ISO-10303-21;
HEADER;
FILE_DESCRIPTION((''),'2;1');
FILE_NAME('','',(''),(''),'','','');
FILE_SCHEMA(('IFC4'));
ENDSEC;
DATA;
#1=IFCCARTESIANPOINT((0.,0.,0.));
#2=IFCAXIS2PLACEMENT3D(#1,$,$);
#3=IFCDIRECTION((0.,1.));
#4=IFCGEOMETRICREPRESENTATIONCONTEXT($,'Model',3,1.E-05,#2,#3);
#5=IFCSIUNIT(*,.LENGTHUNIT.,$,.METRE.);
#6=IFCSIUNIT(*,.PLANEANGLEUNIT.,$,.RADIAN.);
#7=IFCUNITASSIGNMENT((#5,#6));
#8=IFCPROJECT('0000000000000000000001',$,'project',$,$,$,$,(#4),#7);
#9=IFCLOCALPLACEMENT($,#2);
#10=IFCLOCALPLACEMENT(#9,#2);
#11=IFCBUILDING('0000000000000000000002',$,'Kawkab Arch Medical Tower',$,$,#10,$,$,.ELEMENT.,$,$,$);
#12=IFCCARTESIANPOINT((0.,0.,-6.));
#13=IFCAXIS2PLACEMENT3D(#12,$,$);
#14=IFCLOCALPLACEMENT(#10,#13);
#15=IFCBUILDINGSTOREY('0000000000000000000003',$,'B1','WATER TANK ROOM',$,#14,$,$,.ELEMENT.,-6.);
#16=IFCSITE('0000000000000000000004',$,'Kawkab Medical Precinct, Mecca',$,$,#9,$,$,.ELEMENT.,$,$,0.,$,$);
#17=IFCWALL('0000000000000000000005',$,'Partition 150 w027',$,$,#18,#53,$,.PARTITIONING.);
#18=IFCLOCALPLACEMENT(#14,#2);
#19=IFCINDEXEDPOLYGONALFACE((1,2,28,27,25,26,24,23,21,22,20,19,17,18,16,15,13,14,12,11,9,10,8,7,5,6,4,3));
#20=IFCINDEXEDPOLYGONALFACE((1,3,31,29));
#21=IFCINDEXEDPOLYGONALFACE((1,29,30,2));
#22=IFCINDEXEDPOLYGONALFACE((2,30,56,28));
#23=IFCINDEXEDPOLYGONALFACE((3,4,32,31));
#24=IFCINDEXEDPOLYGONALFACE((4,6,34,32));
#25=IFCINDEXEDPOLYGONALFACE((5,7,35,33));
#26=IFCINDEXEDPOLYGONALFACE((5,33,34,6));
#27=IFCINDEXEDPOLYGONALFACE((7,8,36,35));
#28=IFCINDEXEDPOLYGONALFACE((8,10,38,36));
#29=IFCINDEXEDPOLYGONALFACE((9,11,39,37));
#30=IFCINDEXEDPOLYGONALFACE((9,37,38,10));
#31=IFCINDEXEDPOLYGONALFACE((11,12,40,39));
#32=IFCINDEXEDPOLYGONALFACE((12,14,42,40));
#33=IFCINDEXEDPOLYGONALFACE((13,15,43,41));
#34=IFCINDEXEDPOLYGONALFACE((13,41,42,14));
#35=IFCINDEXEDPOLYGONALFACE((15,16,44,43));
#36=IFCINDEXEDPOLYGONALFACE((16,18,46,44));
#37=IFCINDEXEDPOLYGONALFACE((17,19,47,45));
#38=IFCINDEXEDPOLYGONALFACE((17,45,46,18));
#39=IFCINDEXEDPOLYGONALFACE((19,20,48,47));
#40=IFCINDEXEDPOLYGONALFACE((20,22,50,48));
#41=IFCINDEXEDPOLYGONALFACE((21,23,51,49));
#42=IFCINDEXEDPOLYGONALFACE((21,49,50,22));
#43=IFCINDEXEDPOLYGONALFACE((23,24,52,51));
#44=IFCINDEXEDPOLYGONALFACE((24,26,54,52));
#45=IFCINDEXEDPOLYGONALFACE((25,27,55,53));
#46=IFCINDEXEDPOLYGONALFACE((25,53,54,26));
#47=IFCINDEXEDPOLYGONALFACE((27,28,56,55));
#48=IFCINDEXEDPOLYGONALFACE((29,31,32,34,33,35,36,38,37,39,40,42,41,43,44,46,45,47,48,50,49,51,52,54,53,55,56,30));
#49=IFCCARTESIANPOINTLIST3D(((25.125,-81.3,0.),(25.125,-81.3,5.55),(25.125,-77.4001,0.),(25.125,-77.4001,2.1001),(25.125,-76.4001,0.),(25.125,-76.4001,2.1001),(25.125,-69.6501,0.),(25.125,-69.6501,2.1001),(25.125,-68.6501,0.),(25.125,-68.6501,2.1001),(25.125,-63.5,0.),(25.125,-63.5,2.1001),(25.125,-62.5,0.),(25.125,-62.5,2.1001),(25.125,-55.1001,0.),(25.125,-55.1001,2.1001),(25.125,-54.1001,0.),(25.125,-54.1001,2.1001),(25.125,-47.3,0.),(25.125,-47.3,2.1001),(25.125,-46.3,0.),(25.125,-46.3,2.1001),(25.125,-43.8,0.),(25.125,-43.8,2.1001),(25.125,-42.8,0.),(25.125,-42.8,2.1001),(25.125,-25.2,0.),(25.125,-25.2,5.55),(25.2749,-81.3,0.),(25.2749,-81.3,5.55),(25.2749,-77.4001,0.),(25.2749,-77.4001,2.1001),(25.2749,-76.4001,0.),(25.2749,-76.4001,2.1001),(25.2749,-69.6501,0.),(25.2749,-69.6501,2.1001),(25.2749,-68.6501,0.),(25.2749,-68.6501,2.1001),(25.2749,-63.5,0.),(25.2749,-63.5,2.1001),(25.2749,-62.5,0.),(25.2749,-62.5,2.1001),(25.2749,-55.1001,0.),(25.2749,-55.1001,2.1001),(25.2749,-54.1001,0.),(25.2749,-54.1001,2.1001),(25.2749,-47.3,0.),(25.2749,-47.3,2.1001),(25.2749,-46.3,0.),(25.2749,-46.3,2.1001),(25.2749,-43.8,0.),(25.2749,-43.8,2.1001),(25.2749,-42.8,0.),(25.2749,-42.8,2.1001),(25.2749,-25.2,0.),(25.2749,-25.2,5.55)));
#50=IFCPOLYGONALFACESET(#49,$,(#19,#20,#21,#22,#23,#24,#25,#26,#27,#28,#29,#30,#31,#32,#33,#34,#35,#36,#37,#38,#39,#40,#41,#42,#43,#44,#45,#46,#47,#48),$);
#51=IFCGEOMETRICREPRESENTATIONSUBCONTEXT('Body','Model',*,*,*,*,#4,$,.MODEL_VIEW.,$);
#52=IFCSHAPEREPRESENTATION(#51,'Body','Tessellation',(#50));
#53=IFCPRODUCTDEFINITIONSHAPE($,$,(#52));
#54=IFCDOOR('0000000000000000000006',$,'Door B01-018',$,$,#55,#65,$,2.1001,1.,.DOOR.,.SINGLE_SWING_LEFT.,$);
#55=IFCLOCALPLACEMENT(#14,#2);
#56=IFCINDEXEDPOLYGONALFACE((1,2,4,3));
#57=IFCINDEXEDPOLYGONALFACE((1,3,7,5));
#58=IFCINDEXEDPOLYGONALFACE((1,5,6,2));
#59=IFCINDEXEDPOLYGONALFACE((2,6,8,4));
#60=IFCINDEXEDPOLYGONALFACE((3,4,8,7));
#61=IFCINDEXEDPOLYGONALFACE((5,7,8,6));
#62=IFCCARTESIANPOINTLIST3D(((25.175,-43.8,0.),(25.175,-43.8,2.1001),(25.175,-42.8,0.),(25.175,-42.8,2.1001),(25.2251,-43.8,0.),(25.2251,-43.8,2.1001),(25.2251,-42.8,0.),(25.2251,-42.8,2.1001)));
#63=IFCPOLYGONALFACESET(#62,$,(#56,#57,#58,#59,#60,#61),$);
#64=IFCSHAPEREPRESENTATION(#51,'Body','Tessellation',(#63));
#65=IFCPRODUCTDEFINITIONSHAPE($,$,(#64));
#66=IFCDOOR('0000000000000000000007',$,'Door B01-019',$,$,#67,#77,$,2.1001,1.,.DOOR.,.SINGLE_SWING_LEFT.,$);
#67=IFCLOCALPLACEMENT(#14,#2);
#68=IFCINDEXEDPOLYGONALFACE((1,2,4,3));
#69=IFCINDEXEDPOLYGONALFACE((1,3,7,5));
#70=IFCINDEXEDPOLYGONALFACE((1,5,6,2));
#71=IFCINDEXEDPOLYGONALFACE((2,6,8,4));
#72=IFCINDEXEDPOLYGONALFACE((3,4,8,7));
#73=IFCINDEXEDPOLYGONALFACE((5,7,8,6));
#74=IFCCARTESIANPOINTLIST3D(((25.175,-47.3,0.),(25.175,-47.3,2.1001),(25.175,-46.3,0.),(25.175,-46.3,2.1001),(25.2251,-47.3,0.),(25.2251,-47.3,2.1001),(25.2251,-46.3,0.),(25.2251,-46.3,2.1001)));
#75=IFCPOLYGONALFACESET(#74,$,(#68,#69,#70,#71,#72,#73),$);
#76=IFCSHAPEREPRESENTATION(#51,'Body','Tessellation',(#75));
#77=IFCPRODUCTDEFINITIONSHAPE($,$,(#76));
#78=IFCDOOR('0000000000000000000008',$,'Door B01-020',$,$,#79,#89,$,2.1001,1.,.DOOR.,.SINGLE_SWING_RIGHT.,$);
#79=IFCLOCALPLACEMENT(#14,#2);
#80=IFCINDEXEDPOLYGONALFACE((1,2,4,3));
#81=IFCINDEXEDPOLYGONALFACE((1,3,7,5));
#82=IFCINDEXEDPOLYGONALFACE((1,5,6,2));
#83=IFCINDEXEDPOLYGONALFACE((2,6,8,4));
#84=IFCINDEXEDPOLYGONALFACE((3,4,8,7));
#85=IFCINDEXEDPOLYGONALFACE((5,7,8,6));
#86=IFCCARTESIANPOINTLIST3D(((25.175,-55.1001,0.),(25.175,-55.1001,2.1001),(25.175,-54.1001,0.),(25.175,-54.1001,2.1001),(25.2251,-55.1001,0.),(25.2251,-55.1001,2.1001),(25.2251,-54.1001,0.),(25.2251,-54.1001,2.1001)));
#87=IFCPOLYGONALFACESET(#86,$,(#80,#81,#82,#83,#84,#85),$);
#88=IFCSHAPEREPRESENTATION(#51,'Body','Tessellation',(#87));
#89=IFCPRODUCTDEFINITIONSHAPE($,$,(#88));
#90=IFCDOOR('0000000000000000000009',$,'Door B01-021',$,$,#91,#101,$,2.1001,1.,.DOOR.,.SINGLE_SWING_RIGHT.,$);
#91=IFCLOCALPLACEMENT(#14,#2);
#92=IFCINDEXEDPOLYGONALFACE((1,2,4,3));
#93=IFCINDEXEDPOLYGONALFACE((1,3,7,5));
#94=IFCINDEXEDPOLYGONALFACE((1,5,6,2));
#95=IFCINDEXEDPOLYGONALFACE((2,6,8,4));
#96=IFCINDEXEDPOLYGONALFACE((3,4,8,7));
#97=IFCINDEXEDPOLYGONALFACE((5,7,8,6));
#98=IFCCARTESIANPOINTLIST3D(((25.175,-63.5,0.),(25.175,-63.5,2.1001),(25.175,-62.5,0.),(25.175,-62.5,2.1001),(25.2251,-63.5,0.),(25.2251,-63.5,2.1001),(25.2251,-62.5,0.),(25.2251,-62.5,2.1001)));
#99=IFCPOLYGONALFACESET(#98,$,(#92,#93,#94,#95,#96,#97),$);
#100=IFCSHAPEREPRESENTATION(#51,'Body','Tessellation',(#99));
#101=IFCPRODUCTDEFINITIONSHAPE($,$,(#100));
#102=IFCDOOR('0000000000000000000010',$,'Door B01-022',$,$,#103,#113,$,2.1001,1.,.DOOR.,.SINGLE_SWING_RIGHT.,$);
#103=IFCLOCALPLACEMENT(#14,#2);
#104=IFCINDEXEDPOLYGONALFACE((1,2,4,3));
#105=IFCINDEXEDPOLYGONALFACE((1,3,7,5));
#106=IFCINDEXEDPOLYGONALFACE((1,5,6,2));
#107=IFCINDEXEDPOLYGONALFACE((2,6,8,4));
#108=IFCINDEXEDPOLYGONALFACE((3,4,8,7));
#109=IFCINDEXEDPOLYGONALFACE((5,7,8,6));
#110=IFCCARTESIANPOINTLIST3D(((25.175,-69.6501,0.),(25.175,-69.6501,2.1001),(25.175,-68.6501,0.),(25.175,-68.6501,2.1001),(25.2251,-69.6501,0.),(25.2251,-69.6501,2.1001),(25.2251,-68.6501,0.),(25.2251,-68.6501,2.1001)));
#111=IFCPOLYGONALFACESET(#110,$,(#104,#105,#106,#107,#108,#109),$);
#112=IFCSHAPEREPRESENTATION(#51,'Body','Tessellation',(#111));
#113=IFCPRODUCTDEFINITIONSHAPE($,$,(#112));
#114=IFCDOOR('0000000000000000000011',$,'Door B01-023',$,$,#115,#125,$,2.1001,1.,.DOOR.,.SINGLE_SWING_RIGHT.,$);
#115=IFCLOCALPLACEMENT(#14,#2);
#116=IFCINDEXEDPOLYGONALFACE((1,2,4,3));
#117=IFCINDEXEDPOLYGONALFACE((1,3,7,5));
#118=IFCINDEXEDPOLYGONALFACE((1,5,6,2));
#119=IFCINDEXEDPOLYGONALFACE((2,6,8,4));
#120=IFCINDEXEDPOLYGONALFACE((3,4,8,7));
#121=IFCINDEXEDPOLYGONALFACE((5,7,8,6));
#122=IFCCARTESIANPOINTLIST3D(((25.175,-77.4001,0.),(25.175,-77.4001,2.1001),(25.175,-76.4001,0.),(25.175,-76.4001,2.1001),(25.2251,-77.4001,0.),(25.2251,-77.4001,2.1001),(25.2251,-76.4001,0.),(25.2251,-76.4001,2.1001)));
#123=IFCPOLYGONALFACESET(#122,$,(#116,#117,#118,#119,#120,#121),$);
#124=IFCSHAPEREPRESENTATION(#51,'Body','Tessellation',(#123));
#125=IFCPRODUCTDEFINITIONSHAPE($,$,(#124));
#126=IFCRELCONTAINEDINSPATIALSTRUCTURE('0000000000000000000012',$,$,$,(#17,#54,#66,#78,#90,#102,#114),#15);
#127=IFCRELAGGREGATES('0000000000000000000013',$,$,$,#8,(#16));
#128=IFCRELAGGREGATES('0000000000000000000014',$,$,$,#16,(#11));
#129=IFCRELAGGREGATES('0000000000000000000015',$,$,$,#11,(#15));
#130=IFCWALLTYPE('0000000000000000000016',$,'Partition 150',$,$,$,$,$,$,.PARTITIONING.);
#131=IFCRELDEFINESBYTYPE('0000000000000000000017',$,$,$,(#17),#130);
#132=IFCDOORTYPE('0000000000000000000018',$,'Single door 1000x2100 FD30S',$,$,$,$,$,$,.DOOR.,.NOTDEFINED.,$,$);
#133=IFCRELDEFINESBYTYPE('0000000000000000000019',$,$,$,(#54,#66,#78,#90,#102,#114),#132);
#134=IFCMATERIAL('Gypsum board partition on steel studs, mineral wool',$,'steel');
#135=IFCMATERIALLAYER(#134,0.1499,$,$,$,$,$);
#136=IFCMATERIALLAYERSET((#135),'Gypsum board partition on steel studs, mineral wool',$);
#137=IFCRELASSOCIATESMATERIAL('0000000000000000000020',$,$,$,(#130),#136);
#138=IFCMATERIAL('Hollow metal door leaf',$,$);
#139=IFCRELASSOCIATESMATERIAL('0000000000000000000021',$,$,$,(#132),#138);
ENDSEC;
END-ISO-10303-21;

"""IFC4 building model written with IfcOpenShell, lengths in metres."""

from ifc_helpers import new_model, si_unit, direction, frame, frame_2d, origin, place, context, subcontext, project, spatial, rectangle, extrude, material, layer, layer_set, type_object, element, fill, save


model = new_model("IFC4")

# Units and contexts
model_context = context("Model", 3, precision=1e-05, world=origin(), true_north=direction((0.0, 1.0)))
body_context = subcontext(model_context, "Body", "Model", "MODEL_VIEW")
ifc_project = project(units=[si_unit("LENGTHUNIT", "METRE"), si_unit("PLANEANGLEUNIT", "RADIAN")], contexts=[model_context])

# Site, building, storey
site_placement = place(None, origin())
site = spatial("IfcSite", under=ifc_project, at=site_placement, Name="Kawkab Medical Precinct, Mecca", CompositionType="ELEMENT", RefElevation=0.0)
building_placement = place(site_placement, origin())
building = spatial("IfcBuilding", under=site, at=building_placement, Name="Kawkab Arch Medical Tower", CompositionType="ELEMENT")
storey_placement = place(building_placement, frame((0.0, 0.0, -6.0)))
storey = spatial("IfcBuildingStorey", under=building, at=storey_placement, Name="B1", Description="WATER TANK ROOM", CompositionType="ELEMENT", Elevation=-6.0)

# Shared definitions
ifc_material_1 = material(Name="Gypsum board partition on steel studs, mineral wool", Category="steel")
ifc_layer_1 = layer(ifc_material_1, 0.1499)
ifc_layer_set_1 = layer_set([ifc_layer_1], Name="Gypsum board partition on steel studs, mineral wool")
wall_type_1 = type_object("IfcWallType", Name="Partition 150", PredefinedType="PARTITIONING", material=ifc_layer_set_1)

# Wall, openings, doors
wall_1_placement = place(storey_placement, frame((25.2, -81.3, 0.0), z_axis=(0.0, 0.0, 1.0), x_axis=(0.0, 1.0, 0.0)))
wall_1 = element("IfcWall", 1, at=wall_1_placement, inside=storey, type_object=wall_type_1, Name="Partition 150 w027", PredefinedType="PARTITIONING", context=body_context, shape_type="SweptSolid", body=[
    extrude(rectangle(XDim=56.1001, YDim=0.1499, at=frame_2d((28.05, 0.0))), origin(), (0.0, 0.0, 1.0), 5.55),
])
opening_1_placement = place(wall_1_placement, frame((37.5, 0.0, 0.0)))
opening_1 = element("IfcOpeningElement", 2, at=opening_1_placement, cuts=wall_1, PredefinedType="OPENING", context=body_context, shape_type="SweptSolid", body=[
    extrude(rectangle(XDim=1.0, YDim=2.1001, at=frame_2d((0.5, 1.05))), frame((0.0, 0.085, 0.0), z_axis=(0.0, -1.0, 0.0), x_axis=(1.0, 0.0, 0.0)), (0.0, 0.0, 1.0), 0.1699),
])
opening_2_placement = place(wall_1_placement, frame((34.0, 0.0, 0.0)))
opening_2 = element("IfcOpeningElement", 3, at=opening_2_placement, cuts=wall_1, PredefinedType="OPENING", context=body_context, shape_type="SweptSolid", body=[
    extrude(rectangle(XDim=1.0, YDim=2.1001, at=frame_2d((0.5, 1.05))), frame((0.0, 0.085, 0.0), z_axis=(0.0, -1.0, 0.0), x_axis=(1.0, 0.0, 0.0)), (0.0, 0.0, 1.0), 0.1699),
])
opening_3_placement = place(wall_1_placement, frame((26.2, 0.0, 0.0)))
opening_3 = element("IfcOpeningElement", 4, at=opening_3_placement, cuts=wall_1, PredefinedType="OPENING", context=body_context, shape_type="SweptSolid", body=[
    extrude(rectangle(XDim=1.0, YDim=2.1001, at=frame_2d((0.5, 1.05))), frame((0.0, 0.085, 0.0), z_axis=(0.0, -1.0, 0.0), x_axis=(1.0, 0.0, 0.0)), (0.0, 0.0, 1.0), 0.1699),
])
opening_4_placement = place(wall_1_placement, frame((17.8, 0.0, 0.0)))
opening_4 = element("IfcOpeningElement", 5, at=opening_4_placement, cuts=wall_1, PredefinedType="OPENING", context=body_context, shape_type="SweptSolid", body=[
    extrude(rectangle(XDim=1.0, YDim=2.1001, at=frame_2d((0.5, 1.05))), frame((0.0, 0.085, 0.0), z_axis=(0.0, -1.0, 0.0), x_axis=(1.0, 0.0, 0.0)), (0.0, 0.0, 1.0), 0.1699),
])
opening_5_placement = place(wall_1_placement, frame((11.6499, 0.0, 0.0)))
opening_5 = element("IfcOpeningElement", 6, at=opening_5_placement, cuts=wall_1, PredefinedType="OPENING", context=body_context, shape_type="SweptSolid", body=[
    extrude(rectangle(XDim=1.0, YDim=2.1001, at=frame_2d((0.5, 1.05))), frame((0.0, 0.085, 0.0), z_axis=(0.0, -1.0, 0.0), x_axis=(1.0, 0.0, 0.0)), (0.0, 0.0, 1.0), 0.1699),
])
opening_6_placement = place(wall_1_placement, frame((3.8999, 0.0, 0.0)))
opening_6 = element("IfcOpeningElement", 7, at=opening_6_placement, cuts=wall_1, PredefinedType="OPENING", context=body_context, shape_type="SweptSolid", body=[
    extrude(rectangle(XDim=1.0, YDim=2.1001, at=frame_2d((0.5, 1.05))), frame((0.0, 0.085, 0.0), z_axis=(0.0, -1.0, 0.0), x_axis=(1.0, 0.0, 0.0)), (0.0, 0.0, 1.0), 0.1699),
])
ifc_material_2 = material(Name="Hollow metal door leaf")
door_type_1 = type_object("IfcDoorType", Name="Single door 1000x2100 FD30S", OperationType="NOTDEFINED", PredefinedType="DOOR", material=ifc_material_2)
door_1_placement = place(opening_1_placement, origin())
door_1 = element("IfcDoor", 8, at=door_1_placement, inside=storey, type_object=door_type_1, Name="Door B01-018", OperationType="SINGLE_SWING_LEFT", OverallHeight=2.1001, OverallWidth=1.0, PredefinedType="DOOR", context=body_context, shape_type="SweptSolid", body=[
    extrude(rectangle(XDim=1.0, YDim=2.1001, at=frame_2d((0.5, 1.05))), frame((0.0, 0.0249, 0.0), z_axis=(0.0, -1.0, 0.0), x_axis=(1.0, 0.0, 0.0)), (0.0, 0.0, 1.0), 0.05),
])
fill(opening_1, door_1)
door_2_placement = place(opening_2_placement, origin())
door_2 = element("IfcDoor", 9, at=door_2_placement, inside=storey, type_object=door_type_1, Name="Door B01-019", OperationType="SINGLE_SWING_LEFT", OverallHeight=2.1001, OverallWidth=1.0, PredefinedType="DOOR", context=body_context, shape_type="SweptSolid", body=[
    extrude(rectangle(XDim=1.0, YDim=2.1001, at=frame_2d((0.5, 1.05))), frame((0.0, 0.0249, 0.0), z_axis=(0.0, -1.0, 0.0), x_axis=(1.0, 0.0, 0.0)), (0.0, 0.0, 1.0), 0.05),
])
fill(opening_2, door_2)
door_3_placement = place(opening_3_placement, origin())
door_3 = element("IfcDoor", 10, at=door_3_placement, inside=storey, type_object=door_type_1, Name="Door B01-020", OperationType="SINGLE_SWING_RIGHT", OverallHeight=2.1001, OverallWidth=1.0, PredefinedType="DOOR", context=body_context, shape_type="SweptSolid", body=[
    extrude(rectangle(XDim=1.0, YDim=2.1001, at=frame_2d((0.5, 1.05))), frame((0.0, 0.0249, 0.0), z_axis=(0.0, -1.0, 0.0), x_axis=(1.0, 0.0, 0.0)), (0.0, 0.0, 1.0), 0.05),
])
fill(opening_3, door_3)
door_4_placement = place(opening_4_placement, origin())
door_4 = element("IfcDoor", 11, at=door_4_placement, inside=storey, type_object=door_type_1, Name="Door B01-021", OperationType="SINGLE_SWING_RIGHT", OverallHeight=2.1001, OverallWidth=1.0, PredefinedType="DOOR", context=body_context, shape_type="SweptSolid", body=[
    extrude(rectangle(XDim=1.0, YDim=2.1001, at=frame_2d((0.5, 1.05))), frame((0.0, 0.0249, 0.0), z_axis=(0.0, -1.0, 0.0), x_axis=(1.0, 0.0, 0.0)), (0.0, 0.0, 1.0), 0.05),
])
fill(opening_4, door_4)
door_5_placement = place(opening_5_placement, origin())
door_5 = element("IfcDoor", 12, at=door_5_placement, inside=storey, type_object=door_type_1, Name="Door B01-022", OperationType="SINGLE_SWING_RIGHT", OverallHeight=2.1001, OverallWidth=1.0, PredefinedType="DOOR", context=body_context, shape_type="SweptSolid", body=[
    extrude(rectangle(XDim=1.0, YDim=2.1001, at=frame_2d((0.5, 1.05))), frame((0.0, 0.0249, 0.0), z_axis=(0.0, -1.0, 0.0), x_axis=(1.0, 0.0, 0.0)), (0.0, 0.0, 1.0), 0.05),
])
fill(opening_5, door_5)
door_6_placement = place(opening_6_placement, origin())
door_6 = element("IfcDoor", 13, at=door_6_placement, inside=storey, type_object=door_type_1, Name="Door B01-023", OperationType="SINGLE_SWING_RIGHT", OverallHeight=2.1001, OverallWidth=1.0, PredefinedType="DOOR", context=body_context, shape_type="SweptSolid", body=[
    extrude(rectangle(XDim=1.0, YDim=2.1001, at=frame_2d((0.5, 1.05))), frame((0.0, 0.0249, 0.0), z_axis=(0.0, -1.0, 0.0), x_axis=(1.0, 0.0, 0.0)), (0.0, 0.0, 1.0), 0.05),
])
fill(opening_6, door_6)

save(model, "model.ifc")
